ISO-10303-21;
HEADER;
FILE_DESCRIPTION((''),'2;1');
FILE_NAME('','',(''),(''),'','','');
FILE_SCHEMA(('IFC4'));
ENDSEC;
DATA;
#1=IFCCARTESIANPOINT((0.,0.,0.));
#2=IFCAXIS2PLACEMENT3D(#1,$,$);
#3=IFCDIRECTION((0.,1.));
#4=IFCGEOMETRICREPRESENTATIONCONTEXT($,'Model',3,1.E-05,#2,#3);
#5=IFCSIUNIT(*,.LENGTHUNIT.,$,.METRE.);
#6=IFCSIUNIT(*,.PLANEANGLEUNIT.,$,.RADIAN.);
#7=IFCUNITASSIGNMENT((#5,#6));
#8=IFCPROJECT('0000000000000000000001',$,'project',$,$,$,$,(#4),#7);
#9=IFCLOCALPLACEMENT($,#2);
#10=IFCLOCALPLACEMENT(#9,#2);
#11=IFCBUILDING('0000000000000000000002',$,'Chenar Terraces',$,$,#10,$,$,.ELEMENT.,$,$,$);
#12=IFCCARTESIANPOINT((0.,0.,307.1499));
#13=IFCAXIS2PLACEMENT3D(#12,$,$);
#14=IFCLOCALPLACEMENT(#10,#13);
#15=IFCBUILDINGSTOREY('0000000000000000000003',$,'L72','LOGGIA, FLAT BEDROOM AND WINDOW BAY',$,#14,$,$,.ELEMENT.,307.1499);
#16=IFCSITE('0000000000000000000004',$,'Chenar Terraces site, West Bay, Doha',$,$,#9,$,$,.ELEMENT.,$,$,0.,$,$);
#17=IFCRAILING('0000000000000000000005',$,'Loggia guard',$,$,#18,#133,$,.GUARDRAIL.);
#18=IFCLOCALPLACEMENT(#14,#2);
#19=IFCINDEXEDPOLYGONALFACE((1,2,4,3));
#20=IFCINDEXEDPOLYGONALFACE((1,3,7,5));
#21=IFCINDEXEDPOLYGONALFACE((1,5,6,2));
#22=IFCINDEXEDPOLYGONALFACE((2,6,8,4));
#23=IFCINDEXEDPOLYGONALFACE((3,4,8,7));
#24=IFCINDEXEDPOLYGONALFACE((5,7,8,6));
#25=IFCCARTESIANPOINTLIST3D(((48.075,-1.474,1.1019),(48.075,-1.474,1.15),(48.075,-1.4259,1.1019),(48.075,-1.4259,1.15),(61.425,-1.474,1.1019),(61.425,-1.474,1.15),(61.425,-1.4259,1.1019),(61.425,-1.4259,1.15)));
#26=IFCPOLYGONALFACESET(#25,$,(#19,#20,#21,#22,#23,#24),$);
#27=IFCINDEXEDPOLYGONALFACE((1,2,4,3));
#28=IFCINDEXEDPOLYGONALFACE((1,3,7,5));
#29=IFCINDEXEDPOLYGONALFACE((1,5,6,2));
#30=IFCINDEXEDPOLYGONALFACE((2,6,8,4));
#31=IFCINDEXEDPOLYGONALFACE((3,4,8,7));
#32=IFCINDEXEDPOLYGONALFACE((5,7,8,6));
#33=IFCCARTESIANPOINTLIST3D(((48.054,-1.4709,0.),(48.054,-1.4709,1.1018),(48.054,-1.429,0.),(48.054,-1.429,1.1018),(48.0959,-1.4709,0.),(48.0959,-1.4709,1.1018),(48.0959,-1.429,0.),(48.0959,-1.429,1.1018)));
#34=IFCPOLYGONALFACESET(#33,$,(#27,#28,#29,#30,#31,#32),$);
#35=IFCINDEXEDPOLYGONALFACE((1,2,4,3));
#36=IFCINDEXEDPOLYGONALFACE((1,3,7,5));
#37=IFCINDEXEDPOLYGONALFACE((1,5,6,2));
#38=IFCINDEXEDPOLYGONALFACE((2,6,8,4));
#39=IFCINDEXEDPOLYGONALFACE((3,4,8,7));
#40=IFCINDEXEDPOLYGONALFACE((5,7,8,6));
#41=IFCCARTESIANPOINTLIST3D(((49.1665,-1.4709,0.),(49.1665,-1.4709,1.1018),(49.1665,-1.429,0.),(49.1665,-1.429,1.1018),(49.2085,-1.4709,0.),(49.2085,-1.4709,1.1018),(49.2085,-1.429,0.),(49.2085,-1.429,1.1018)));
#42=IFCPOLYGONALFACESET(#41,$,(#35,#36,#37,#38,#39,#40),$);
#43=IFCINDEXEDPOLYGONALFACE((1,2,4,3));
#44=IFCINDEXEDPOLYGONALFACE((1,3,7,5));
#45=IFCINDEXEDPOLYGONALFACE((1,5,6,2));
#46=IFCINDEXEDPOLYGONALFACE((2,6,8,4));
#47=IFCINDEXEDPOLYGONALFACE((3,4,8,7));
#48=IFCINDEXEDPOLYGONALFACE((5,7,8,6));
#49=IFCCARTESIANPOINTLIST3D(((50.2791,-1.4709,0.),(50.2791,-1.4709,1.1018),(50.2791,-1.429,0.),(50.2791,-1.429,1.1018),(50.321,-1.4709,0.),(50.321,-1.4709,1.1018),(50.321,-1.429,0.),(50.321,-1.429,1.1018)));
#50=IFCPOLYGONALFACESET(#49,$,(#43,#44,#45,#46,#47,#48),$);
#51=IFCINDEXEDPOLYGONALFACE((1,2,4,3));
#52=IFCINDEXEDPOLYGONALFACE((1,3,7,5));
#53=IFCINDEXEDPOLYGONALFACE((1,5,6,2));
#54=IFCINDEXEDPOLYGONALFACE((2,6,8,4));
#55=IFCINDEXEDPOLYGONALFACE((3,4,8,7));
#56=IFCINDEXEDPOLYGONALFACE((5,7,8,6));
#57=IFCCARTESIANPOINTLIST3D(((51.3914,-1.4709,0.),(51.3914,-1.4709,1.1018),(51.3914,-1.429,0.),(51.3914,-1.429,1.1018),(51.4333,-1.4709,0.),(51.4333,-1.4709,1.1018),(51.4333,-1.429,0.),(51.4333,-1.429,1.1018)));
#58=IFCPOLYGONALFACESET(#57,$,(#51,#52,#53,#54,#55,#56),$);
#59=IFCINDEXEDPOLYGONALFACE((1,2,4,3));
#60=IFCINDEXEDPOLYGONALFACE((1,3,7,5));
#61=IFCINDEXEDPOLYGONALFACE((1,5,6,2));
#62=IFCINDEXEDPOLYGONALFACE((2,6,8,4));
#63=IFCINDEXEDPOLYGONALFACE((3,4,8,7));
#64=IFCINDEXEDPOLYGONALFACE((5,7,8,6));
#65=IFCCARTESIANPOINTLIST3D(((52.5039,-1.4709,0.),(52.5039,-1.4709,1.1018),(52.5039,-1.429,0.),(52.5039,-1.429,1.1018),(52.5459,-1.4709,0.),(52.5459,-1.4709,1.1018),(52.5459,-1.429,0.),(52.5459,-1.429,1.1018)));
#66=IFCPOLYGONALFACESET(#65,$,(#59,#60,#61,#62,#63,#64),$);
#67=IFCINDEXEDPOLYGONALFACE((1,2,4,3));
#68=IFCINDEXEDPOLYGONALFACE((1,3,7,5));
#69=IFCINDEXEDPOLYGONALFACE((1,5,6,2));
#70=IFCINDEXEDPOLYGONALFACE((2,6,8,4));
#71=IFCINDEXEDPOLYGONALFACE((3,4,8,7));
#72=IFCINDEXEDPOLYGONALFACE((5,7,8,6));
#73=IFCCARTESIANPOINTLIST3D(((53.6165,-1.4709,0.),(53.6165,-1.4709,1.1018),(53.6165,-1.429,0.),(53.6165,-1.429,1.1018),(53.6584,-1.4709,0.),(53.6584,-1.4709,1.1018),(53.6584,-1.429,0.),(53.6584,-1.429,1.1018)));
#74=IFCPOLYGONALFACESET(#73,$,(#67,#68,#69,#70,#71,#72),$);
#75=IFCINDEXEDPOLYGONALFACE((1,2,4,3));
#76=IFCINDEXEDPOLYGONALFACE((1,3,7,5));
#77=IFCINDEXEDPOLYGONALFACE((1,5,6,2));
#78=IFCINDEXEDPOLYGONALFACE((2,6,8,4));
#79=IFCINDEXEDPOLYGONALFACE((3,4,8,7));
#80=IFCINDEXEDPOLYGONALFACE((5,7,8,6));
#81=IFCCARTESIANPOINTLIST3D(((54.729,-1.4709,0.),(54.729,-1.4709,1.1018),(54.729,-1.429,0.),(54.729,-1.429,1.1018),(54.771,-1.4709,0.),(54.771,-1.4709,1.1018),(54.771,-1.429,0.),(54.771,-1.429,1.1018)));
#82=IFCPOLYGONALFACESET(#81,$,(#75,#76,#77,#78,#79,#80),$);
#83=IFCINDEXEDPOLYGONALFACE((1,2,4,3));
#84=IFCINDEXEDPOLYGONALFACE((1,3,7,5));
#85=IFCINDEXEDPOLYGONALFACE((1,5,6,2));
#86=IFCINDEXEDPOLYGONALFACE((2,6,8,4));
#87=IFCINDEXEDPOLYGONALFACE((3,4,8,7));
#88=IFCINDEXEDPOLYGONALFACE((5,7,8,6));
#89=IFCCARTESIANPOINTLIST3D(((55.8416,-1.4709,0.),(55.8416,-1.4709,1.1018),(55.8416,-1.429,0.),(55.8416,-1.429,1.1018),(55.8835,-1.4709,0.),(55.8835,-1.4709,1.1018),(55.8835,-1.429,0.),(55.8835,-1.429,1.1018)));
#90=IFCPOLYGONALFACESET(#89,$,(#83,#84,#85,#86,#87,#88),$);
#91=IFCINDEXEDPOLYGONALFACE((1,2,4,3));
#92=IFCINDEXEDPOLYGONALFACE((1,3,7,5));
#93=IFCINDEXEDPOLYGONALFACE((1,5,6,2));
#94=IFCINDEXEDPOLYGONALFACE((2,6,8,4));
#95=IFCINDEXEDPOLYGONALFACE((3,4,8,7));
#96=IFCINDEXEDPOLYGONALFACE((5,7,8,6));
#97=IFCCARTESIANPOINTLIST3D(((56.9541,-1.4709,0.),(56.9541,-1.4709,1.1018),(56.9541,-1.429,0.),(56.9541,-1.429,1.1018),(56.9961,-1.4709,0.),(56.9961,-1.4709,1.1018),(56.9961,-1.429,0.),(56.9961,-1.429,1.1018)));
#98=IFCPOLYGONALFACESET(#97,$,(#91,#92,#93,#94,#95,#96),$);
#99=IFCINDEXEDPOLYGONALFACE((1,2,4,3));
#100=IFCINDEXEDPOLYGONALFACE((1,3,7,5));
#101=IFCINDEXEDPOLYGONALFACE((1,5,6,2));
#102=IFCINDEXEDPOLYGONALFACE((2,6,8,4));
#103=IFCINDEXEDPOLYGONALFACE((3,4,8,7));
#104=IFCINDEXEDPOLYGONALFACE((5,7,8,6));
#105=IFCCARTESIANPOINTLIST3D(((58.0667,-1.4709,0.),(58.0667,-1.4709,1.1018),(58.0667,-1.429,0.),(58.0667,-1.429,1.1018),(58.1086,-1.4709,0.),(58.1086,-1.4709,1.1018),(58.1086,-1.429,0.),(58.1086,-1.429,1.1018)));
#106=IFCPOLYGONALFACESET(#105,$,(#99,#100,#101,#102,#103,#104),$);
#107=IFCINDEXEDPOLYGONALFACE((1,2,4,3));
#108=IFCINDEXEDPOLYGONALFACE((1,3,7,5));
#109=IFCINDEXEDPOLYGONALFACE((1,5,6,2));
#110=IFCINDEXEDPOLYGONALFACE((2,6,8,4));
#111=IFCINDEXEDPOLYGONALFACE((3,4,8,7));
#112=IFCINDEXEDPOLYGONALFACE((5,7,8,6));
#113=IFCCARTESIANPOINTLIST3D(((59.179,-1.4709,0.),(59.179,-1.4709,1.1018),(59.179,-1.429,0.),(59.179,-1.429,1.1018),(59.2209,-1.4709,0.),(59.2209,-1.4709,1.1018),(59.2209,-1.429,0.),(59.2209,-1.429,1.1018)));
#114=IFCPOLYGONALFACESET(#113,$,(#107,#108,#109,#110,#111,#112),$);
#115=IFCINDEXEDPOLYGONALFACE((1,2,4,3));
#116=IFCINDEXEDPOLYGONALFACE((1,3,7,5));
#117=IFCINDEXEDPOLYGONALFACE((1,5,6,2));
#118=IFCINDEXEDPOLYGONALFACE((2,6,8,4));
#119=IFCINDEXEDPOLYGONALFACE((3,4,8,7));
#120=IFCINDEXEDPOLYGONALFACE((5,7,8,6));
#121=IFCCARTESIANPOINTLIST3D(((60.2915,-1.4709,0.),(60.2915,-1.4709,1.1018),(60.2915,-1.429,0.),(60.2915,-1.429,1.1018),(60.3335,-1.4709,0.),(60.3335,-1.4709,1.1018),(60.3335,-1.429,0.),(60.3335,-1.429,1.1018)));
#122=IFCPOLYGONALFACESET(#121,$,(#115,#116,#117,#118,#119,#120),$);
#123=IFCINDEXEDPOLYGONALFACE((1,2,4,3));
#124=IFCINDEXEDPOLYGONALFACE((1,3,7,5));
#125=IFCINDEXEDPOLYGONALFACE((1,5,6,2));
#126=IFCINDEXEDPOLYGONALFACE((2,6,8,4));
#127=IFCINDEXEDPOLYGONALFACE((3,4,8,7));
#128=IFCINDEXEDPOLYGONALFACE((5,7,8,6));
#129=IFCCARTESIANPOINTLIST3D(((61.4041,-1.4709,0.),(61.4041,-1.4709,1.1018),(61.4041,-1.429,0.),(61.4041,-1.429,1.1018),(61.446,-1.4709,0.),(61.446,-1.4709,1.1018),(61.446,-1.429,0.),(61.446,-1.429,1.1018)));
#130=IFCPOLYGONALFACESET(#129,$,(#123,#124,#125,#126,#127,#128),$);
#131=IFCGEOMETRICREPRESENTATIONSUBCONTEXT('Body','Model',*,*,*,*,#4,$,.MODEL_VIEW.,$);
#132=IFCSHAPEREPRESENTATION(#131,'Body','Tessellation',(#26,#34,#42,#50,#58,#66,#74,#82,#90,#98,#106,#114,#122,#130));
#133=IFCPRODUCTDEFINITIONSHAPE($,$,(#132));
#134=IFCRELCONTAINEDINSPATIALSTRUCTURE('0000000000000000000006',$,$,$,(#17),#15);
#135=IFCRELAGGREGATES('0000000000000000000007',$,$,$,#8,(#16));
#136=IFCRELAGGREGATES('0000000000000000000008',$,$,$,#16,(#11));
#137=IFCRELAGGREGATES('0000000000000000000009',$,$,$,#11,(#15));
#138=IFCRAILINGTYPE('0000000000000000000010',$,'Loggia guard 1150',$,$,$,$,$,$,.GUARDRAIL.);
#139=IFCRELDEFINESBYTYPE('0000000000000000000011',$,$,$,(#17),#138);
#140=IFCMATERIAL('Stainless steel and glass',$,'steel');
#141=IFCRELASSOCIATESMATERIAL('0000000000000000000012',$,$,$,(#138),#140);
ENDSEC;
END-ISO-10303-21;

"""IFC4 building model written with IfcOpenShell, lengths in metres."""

from ifc_helpers import new_model, si_unit, direction, frame, origin, origin_2d, place, context, subcontext, project, spatial, rectangle, extrude, material, type_object, element, save


model = new_model("IFC4")

# Units and contexts
model_context = context("Model", 3, precision=1e-05, world=origin(), true_north=direction((0.0, 1.0)))
body_context = subcontext(model_context, "Body", "Model", "MODEL_VIEW")
ifc_project = project(units=[si_unit("LENGTHUNIT", "METRE"), si_unit("PLANEANGLEUNIT", "RADIAN")], contexts=[model_context])

# Site, building, storey
site_placement = place(None, origin())
site = spatial("IfcSite", under=ifc_project, at=site_placement, Name="Chenar Terraces site, West Bay, Doha", CompositionType="ELEMENT", RefElevation=0.0)
building_placement = place(site_placement, origin())
building = spatial("IfcBuilding", under=site, at=building_placement, Name="Chenar Terraces", CompositionType="ELEMENT")
storey_placement = place(building_placement, frame((0.0, 0.0, 307.1499)))
storey = spatial("IfcBuildingStorey", under=building, at=storey_placement, Name="L72", Description="LOGGIA, FLAT BEDROOM AND WINDOW BAY", CompositionType="ELEMENT", Elevation=307.1499)

# Railing
ifc_material_1 = material(Name="Stainless steel and glass", Category="steel")
railing_type = type_object("IfcRailingType", Name="Loggia guard 1150", PredefinedType="GUARDRAIL", material=ifc_material_1)
railing_placement = place(storey_placement, frame((48.075, -1.45, 0.0)))
element("IfcRailing", 1, at=railing_placement, inside=storey, type_object=railing_type, Name="Loggia guard", PredefinedType="GUARDRAIL", context=body_context, shape_type="SweptSolid", body=[
    extrude(rectangle(XDim=0.0481, YDim=0.0481, at=origin_2d()), frame((0.0, 0.0, 1.126), z_axis=(1.0, 0.0, 0.0), x_axis=(0.0, 1.0, 0.0)), (0.0, 0.0, 1.0), 13.3501),
    extrude(rectangle(XDim=0.042, YDim=0.042, at=origin_2d()), origin(), (0.0, 0.0, 1.0), 1.1018),
    extrude(rectangle(XDim=0.042, YDim=0.042, at=origin_2d()), frame((1.1125, 0.0, 0.0)), (0.0, 0.0, 1.0), 1.1018),
    extrude(rectangle(XDim=0.042, YDim=0.042, at=origin_2d()), frame((2.2251, 0.0, 0.0)), (0.0, 0.0, 1.0), 1.1018),
    extrude(rectangle(XDim=0.042, YDim=0.042, at=origin_2d()), frame((3.3374, 0.0, 0.0)), (0.0, 0.0, 1.0), 1.1018),
    extrude(rectangle(XDim=0.042, YDim=0.042, at=origin_2d()), frame((4.45, 0.0, 0.0)), (0.0, 0.0, 1.0), 1.1018),
    extrude(rectangle(XDim=0.042, YDim=0.042, at=origin_2d()), frame((5.5625, 0.0, 0.0)), (0.0, 0.0, 1.0), 1.1018),
    extrude(rectangle(XDim=0.042, YDim=0.042, at=origin_2d()), frame((6.675, 0.0, 0.0)), (0.0, 0.0, 1.0), 1.1018),
    extrude(rectangle(XDim=0.042, YDim=0.042, at=origin_2d()), frame((7.7876, 0.0, 0.0)), (0.0, 0.0, 1.0), 1.1018),
    extrude(rectangle(XDim=0.042, YDim=0.042, at=origin_2d()), frame((8.9001, 0.0, 0.0)), (0.0, 0.0, 1.0), 1.1018),
    extrude(rectangle(XDim=0.042, YDim=0.042, at=origin_2d()), frame((10.0127, 0.0, 0.0)), (0.0, 0.0, 1.0), 1.1018),
    extrude(rectangle(XDim=0.042, YDim=0.042, at=origin_2d()), frame((11.125, 0.0, 0.0)), (0.0, 0.0, 1.0), 1.1018),
    extrude(rectangle(XDim=0.042, YDim=0.042, at=origin_2d()), frame((12.2375, 0.0, 0.0)), (0.0, 0.0, 1.0), 1.1018),
    extrude(rectangle(XDim=0.042, YDim=0.042, at=origin_2d()), frame((13.3501, 0.0, 0.0)), (0.0, 0.0, 1.0), 1.1018),
])

save(model, "model.ifc")
